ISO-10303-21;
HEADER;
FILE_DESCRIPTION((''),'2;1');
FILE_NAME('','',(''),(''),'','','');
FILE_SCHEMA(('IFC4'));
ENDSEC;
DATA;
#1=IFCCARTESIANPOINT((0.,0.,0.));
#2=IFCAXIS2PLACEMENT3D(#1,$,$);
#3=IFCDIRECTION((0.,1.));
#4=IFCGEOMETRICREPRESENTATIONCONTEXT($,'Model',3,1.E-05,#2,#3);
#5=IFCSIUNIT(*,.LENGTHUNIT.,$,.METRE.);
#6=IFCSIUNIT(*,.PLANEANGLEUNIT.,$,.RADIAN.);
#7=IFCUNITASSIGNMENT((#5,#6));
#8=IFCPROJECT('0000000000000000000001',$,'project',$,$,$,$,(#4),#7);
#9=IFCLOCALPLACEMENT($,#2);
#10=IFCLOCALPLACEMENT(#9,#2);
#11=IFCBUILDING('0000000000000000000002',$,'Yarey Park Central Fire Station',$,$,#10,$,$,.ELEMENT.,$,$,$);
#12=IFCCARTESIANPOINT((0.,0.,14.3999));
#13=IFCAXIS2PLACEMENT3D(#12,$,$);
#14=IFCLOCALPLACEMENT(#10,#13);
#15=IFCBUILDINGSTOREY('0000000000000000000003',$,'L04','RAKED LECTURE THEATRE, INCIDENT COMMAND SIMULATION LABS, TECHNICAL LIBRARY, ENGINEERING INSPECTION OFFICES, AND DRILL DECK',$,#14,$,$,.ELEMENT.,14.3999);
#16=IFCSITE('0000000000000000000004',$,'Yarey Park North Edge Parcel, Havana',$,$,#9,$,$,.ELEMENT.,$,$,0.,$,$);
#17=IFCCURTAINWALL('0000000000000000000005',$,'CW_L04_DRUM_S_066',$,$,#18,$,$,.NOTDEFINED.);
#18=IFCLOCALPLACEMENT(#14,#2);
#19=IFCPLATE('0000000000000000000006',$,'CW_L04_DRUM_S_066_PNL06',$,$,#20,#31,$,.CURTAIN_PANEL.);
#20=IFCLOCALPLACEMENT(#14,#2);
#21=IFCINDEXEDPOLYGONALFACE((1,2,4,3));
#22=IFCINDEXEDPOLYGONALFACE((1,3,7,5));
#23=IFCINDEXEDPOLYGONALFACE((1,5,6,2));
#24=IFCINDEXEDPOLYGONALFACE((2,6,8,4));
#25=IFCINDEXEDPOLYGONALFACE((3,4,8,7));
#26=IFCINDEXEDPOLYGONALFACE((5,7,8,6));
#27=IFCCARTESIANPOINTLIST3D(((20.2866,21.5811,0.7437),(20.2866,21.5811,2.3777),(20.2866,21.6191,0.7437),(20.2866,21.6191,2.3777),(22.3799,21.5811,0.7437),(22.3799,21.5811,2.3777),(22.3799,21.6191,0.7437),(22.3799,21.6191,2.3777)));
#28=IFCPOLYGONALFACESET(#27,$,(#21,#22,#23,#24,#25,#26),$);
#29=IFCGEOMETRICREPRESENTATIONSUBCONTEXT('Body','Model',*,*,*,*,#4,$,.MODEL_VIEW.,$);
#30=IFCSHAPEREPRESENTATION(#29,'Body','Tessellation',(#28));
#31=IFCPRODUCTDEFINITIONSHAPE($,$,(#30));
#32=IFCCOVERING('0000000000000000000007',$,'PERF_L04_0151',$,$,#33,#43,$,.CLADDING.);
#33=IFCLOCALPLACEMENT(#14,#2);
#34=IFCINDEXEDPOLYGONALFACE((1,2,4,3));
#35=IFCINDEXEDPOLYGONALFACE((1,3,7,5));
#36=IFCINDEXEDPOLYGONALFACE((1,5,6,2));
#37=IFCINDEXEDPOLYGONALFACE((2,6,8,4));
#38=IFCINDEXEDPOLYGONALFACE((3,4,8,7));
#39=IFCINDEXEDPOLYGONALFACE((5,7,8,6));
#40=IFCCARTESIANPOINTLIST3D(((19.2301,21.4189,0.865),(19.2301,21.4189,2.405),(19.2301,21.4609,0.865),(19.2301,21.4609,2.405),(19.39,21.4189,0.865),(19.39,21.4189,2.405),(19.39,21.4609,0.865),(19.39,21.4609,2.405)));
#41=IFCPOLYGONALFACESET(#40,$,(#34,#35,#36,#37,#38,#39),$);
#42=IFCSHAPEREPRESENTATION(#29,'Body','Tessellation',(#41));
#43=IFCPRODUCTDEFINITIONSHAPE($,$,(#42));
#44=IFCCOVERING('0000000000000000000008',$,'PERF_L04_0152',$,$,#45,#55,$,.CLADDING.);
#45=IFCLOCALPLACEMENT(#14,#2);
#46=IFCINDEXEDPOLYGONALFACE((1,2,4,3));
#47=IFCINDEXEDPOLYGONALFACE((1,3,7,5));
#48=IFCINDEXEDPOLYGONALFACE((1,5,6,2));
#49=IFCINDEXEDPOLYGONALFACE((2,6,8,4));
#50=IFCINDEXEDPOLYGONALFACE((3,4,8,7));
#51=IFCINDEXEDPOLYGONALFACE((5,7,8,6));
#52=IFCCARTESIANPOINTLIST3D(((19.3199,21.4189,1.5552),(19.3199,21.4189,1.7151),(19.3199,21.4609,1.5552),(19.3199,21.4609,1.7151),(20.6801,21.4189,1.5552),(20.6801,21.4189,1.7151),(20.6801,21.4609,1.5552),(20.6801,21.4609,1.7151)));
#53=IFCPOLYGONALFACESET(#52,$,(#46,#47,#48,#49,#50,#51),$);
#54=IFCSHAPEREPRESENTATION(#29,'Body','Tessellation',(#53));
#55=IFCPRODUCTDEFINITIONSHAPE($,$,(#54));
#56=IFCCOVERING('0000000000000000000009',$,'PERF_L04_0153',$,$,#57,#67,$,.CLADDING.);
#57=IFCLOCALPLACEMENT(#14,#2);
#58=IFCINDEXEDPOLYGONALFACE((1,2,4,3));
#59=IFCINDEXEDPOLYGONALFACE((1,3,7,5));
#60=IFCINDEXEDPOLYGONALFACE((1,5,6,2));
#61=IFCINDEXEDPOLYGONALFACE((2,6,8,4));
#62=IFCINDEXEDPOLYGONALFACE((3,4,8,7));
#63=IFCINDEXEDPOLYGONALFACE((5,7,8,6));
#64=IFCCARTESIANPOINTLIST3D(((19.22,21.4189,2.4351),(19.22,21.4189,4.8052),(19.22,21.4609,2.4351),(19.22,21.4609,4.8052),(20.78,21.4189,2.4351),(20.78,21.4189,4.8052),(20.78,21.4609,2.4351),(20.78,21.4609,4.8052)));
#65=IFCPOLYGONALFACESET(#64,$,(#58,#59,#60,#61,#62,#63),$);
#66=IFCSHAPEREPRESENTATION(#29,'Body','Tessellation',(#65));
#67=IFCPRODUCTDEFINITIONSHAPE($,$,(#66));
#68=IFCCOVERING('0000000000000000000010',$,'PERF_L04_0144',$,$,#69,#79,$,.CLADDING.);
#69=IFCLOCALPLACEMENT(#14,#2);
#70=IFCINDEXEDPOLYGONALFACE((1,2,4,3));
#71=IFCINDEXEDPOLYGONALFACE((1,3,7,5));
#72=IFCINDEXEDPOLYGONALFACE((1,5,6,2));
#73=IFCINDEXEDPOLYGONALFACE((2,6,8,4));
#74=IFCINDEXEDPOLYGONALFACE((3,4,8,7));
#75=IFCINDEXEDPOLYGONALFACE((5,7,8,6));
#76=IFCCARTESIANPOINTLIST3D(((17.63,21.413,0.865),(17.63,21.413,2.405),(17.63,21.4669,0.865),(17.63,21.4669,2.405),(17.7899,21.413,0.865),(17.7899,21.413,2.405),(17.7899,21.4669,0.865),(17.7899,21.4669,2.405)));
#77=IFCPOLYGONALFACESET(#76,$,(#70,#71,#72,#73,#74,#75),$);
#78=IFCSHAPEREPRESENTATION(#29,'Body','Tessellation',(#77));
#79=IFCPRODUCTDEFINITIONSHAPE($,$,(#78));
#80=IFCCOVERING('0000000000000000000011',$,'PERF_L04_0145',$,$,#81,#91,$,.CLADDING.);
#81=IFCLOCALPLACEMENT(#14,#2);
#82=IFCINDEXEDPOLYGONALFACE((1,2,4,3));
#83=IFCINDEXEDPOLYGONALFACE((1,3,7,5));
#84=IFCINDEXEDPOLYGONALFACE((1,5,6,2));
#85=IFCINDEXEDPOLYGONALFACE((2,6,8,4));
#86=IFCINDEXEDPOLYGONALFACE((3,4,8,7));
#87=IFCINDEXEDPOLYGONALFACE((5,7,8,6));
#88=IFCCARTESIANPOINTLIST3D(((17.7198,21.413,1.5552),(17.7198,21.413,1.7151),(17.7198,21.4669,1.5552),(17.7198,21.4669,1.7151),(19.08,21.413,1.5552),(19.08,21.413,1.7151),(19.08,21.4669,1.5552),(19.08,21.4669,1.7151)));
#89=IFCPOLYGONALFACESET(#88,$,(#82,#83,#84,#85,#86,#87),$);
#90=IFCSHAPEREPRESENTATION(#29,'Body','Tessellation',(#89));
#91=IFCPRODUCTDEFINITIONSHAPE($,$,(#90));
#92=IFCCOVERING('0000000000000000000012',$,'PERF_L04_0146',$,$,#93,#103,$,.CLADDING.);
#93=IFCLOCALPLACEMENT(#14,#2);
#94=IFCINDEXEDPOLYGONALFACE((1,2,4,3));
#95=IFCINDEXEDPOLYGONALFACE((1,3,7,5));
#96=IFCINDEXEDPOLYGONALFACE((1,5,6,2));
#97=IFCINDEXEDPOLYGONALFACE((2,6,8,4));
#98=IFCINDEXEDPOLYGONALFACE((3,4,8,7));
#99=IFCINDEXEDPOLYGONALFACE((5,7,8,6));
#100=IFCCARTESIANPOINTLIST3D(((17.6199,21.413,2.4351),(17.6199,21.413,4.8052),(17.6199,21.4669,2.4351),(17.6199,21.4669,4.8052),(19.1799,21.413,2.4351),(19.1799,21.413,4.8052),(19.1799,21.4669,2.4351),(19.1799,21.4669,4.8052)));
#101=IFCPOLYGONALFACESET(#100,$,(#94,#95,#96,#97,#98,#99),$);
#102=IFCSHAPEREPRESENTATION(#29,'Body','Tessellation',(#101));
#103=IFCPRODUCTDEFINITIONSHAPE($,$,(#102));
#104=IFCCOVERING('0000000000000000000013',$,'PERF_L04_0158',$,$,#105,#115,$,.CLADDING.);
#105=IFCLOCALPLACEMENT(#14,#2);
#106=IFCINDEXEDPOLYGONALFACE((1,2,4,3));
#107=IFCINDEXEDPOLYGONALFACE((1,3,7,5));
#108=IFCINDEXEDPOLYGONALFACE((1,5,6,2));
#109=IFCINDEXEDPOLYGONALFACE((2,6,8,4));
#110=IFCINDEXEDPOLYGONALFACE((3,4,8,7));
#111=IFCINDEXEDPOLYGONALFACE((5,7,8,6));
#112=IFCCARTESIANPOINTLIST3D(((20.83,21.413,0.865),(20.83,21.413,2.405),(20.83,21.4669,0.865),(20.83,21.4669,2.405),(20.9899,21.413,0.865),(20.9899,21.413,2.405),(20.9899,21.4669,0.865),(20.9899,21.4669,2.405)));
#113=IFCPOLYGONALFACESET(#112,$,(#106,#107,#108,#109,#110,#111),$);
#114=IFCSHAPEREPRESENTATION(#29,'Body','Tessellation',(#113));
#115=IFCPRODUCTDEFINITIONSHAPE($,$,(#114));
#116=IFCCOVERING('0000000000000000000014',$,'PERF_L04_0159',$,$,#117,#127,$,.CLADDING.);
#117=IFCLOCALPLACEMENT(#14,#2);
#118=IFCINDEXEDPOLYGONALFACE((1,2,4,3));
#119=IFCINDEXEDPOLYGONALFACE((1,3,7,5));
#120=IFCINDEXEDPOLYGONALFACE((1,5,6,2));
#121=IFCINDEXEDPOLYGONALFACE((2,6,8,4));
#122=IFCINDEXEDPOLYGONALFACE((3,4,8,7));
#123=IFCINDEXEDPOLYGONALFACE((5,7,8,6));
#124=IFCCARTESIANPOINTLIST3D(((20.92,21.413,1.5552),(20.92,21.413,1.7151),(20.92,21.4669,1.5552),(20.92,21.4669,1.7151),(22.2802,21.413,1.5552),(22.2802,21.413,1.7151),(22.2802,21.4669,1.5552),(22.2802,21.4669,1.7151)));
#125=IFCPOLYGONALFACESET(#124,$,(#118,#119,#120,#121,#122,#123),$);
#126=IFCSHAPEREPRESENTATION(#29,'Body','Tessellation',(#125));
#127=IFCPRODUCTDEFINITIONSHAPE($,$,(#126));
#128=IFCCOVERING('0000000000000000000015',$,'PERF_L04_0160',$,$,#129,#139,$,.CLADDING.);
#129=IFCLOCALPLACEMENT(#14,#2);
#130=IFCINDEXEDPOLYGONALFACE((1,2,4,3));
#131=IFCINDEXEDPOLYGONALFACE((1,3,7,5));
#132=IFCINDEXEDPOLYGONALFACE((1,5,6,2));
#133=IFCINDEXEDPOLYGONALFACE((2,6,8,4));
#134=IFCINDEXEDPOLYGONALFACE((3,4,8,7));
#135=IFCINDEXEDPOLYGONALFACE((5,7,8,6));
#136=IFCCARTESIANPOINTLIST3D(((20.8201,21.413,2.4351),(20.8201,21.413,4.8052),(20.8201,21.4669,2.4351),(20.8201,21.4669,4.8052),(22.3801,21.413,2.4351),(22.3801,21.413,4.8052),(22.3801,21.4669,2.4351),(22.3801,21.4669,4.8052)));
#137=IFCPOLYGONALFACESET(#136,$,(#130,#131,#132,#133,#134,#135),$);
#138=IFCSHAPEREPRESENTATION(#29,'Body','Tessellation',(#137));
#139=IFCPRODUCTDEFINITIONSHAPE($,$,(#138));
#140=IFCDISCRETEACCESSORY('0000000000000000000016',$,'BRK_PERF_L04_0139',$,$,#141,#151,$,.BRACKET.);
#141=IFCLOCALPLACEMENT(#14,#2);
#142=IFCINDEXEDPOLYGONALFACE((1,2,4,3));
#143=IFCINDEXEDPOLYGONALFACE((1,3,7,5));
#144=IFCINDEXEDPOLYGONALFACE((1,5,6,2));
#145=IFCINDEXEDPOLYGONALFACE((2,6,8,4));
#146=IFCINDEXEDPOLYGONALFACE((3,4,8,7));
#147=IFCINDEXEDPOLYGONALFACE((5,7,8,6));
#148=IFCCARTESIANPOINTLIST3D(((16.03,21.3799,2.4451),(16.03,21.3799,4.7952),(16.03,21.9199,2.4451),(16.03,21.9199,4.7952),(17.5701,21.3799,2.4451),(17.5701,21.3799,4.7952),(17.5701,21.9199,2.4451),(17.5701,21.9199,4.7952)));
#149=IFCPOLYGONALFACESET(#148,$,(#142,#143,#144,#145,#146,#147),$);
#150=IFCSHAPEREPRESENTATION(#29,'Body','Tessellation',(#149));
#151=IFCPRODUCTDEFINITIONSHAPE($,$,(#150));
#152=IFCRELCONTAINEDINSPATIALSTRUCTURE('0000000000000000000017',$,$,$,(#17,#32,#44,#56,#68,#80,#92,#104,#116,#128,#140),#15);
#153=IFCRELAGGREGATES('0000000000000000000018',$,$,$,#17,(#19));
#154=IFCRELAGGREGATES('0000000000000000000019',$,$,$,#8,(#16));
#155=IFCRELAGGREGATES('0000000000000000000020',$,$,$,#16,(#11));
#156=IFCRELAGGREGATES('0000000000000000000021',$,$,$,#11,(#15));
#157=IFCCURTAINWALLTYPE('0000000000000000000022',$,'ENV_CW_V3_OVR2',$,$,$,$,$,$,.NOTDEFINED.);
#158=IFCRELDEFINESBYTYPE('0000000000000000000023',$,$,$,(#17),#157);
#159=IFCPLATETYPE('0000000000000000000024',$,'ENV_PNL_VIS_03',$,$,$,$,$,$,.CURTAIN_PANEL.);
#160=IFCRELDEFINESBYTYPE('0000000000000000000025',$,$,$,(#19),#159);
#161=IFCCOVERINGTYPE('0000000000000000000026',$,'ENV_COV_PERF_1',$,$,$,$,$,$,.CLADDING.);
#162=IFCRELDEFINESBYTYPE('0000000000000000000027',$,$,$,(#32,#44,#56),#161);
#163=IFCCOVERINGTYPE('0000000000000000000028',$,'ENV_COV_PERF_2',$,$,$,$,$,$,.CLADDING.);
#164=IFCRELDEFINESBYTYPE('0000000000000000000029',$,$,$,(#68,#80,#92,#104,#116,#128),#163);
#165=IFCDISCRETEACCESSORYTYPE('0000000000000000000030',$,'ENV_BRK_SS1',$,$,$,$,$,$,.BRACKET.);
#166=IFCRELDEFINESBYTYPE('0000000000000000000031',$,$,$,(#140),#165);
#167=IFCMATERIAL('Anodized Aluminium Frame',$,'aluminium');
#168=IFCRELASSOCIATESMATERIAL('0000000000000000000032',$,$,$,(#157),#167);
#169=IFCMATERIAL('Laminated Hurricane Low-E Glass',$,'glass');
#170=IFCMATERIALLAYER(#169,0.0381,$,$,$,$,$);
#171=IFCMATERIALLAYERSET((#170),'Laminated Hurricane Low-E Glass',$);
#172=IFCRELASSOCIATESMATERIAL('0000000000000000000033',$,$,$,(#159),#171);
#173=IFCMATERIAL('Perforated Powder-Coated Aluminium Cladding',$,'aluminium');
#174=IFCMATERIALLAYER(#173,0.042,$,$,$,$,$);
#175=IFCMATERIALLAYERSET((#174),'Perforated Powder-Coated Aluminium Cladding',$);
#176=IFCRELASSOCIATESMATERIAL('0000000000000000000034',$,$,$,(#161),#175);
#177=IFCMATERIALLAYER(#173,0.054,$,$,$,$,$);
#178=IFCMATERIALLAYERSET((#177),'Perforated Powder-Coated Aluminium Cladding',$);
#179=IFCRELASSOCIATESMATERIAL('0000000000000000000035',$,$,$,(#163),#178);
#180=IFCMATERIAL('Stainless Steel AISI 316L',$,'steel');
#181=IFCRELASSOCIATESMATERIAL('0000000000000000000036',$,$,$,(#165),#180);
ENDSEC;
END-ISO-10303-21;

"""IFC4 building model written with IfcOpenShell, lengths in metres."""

from ifc_helpers import new_model, si_unit, direction, frame, origin, origin_2d, place, context, subcontext, project, spatial, rectangle, extrude, material, layer, layer_set, type_object, element, aggregate, save


model = new_model("IFC4")

# Units and contexts
model_context = context("Model", 3, precision=1e-05, world=origin(), true_north=direction((0.0, 1.0)))
body_context = subcontext(model_context, "Body", "Model", "MODEL_VIEW")
ifc_project = project(units=[si_unit("LENGTHUNIT", "METRE"), si_unit("PLANEANGLEUNIT", "RADIAN")], contexts=[model_context])

# Site, building, storey
site_placement = place(None, origin())
site = spatial("IfcSite", under=ifc_project, at=site_placement, Name="Yarey Park North Edge Parcel, Havana", CompositionType="ELEMENT", RefElevation=0.0)
building_placement = place(site_placement, origin())
building = spatial("IfcBuilding", under=site, at=building_placement, Name="Yarey Park Central Fire Station", CompositionType="ELEMENT")
storey_placement = place(building_placement, frame((0.0, 0.0, 14.3999)))
storey = spatial("IfcBuildingStorey", under=building, at=storey_placement, Name="L04", Description="RAKED LECTURE THEATRE, INCIDENT COMMAND SIMULATION LABS, TECHNICAL LIBRARY, ENGINEERING INSPECTION OFFICES, AND DRILL DECK", CompositionType="ELEMENT", Elevation=14.3999)

# Curtain wall
ifc_material_1 = material(Name="Anodized Aluminium Frame", Category="aluminium")
curtain_wall_type = type_object("IfcCurtainWallType", Name="ENV_CW_V3_OVR2", PredefinedType="NOTDEFINED", material=ifc_material_1)
curtain_wall_1_placement = place(storey_placement, origin())
curtain_wall_1 = element("IfcCurtainWall", 1, at=curtain_wall_1_placement, inside=storey, type_object=curtain_wall_type, Name="CW_L04_DRUM_S_066", PredefinedType="NOTDEFINED")

# Plate
ifc_material_2 = material(Name="Laminated Hurricane Low-E Glass", Category="glass")
ifc_layer_1 = layer(ifc_material_2, 0.0381)
ifc_layer_set_1 = layer_set([ifc_layer_1], Name="Laminated Hurricane Low-E Glass")
plate_type_1 = type_object("IfcPlateType", Name="ENV_PNL_VIS_03", PredefinedType="CURTAIN_PANEL", material=ifc_layer_set_1)
plate_1_placement = place(storey_placement, frame((21.3333, 21.6001, 0.7437), z_axis=(0.0, 0.0, 1.0), x_axis=(1.0, 0.0, 0.0)))
plate_1 = element("IfcPlate", 2, at=plate_1_placement, type_object=plate_type_1, Name="CW_L04_DRUM_S_066_PNL06", PredefinedType="CURTAIN_PANEL", context=body_context, shape_type="SweptSolid", body=[
    extrude(rectangle(XDim=2.0933, YDim=0.0381, at=origin_2d()), origin(), (0.0, 0.0, 1.0), 1.634),
])
aggregate(curtain_wall_1, [plate_1])

# Coverings
ifc_material_3 = material(Name="Perforated Powder-Coated Aluminium Cladding", Category="aluminium")
ifc_layer_2 = layer(ifc_material_3, 0.042)
ifc_layer_set_2 = layer_set([ifc_layer_2], Name="Perforated Powder-Coated Aluminium Cladding")
covering_type_1 = type_object("IfcCoveringType", Name="ENV_COV_PERF_1", PredefinedType="CLADDING", material=ifc_layer_set_2)
covering_1_placement = place(storey_placement, frame((19.3101, 21.4399, 0.865), z_axis=(0.0, 0.0, 1.0), x_axis=(1.0, 0.0, 0.0)))
element("IfcCovering", 3, at=covering_1_placement, inside=storey, type_object=covering_type_1, Name="PERF_L04_0151", PredefinedType="CLADDING", context=body_context, shape_type="SweptSolid", body=[
    extrude(rectangle(XDim=0.1599, YDim=0.042, at=origin_2d()), origin(), (0.0, 0.0, 1.0), 1.54),
])
covering_2_placement = place(storey_placement, frame((20.0, 21.4399, 1.5552), z_axis=(0.0, 0.0, 1.0), x_axis=(1.0, 0.0, 0.0)))
element("IfcCovering", 4, at=covering_2_placement, inside=storey, type_object=covering_type_1, Name="PERF_L04_0152", PredefinedType="CLADDING", context=body_context, shape_type="SweptSolid", body=[
    extrude(rectangle(XDim=1.3601, YDim=0.042, at=origin_2d()), origin(), (0.0, 0.0, 1.0), 0.1599),
])
covering_3_placement = place(storey_placement, frame((20.0, 21.4399, 2.4351), z_axis=(0.0, 0.0, 1.0), x_axis=(1.0, 0.0, 0.0)))
element("IfcCovering", 5, at=covering_3_placement, inside=storey, type_object=covering_type_1, Name="PERF_L04_0153", PredefinedType="CLADDING", context=body_context, shape_type="SweptSolid", body=[
    extrude(rectangle(XDim=1.5601, YDim=0.042, at=origin_2d()), origin(), (0.0, 0.0, 1.0), 2.3701),
])
ifc_layer_3 = layer(ifc_material_3, 0.054)
ifc_layer_set_3 = layer_set([ifc_layer_3], Name="Perforated Powder-Coated Aluminium Cladding")
covering_type_2 = type_object("IfcCoveringType", Name="ENV_COV_PERF_2", PredefinedType="CLADDING", material=ifc_layer_set_3)
covering_4_placement = place(storey_placement, frame((17.71, 21.4399, 0.865), z_axis=(0.0, 0.0, 1.0), x_axis=(1.0, 0.0, 0.0)))
element("IfcCovering", 6, at=covering_4_placement, inside=storey, type_object=covering_type_2, Name="PERF_L04_0144", PredefinedType="CLADDING", context=body_context, shape_type="SweptSolid", body=[
    extrude(rectangle(XDim=0.1599, YDim=0.054, at=origin_2d()), origin(), (0.0, 0.0, 1.0), 1.54),
])
covering_5_placement = place(storey_placement, frame((18.3999, 21.4399, 1.5552), z_axis=(0.0, 0.0, 1.0), x_axis=(1.0, 0.0, 0.0)))
element("IfcCovering", 7, at=covering_5_placement, inside=storey, type_object=covering_type_2, Name="PERF_L04_0145", PredefinedType="CLADDING", context=body_context, shape_type="SweptSolid", body=[
    extrude(rectangle(XDim=1.3601, YDim=0.054, at=origin_2d()), origin(), (0.0, 0.0, 1.0), 0.1599),
])
covering_6_placement = place(storey_placement, frame((18.3999, 21.4399, 2.4351), z_axis=(0.0, 0.0, 1.0), x_axis=(1.0, 0.0, 0.0)))
element("IfcCovering", 8, at=covering_6_placement, inside=storey, type_object=covering_type_2, Name="PERF_L04_0146", PredefinedType="CLADDING", context=body_context, shape_type="SweptSolid", body=[
    extrude(rectangle(XDim=1.5601, YDim=0.054, at=origin_2d()), origin(), (0.0, 0.0, 1.0), 2.3701),
])
covering_7_placement = place(storey_placement, frame((20.9099, 21.4399, 0.865), z_axis=(0.0, 0.0, 1.0), x_axis=(1.0, 0.0, 0.0)))
element("IfcCovering", 9, at=covering_7_placement, inside=storey, type_object=covering_type_2, Name="PERF_L04_0158", PredefinedType="CLADDING", context=body_context, shape_type="SweptSolid", body=[
    extrude(rectangle(XDim=0.1599, YDim=0.054, at=origin_2d()), origin(), (0.0, 0.0, 1.0), 1.54),
])
covering_8_placement = place(storey_placement, frame((21.6001, 21.4399, 1.5552), z_axis=(0.0, 0.0, 1.0), x_axis=(1.0, 0.0, 0.0)))
element("IfcCovering", 10, at=covering_8_placement, inside=storey, type_object=covering_type_2, Name="PERF_L04_0159", PredefinedType="CLADDING", context=body_context, shape_type="SweptSolid", body=[
    extrude(rectangle(XDim=1.3601, YDim=0.054, at=origin_2d()), origin(), (0.0, 0.0, 1.0), 0.1599),
])
covering_9_placement = place(storey_placement, frame((21.6001, 21.4399, 2.4351), z_axis=(0.0, 0.0, 1.0), x_axis=(1.0, 0.0, 0.0)))
element("IfcCovering", 11, at=covering_9_placement, inside=storey, type_object=covering_type_2, Name="PERF_L04_0160", PredefinedType="CLADDING", context=body_context, shape_type="SweptSolid", body=[
    extrude(rectangle(XDim=1.5601, YDim=0.054, at=origin_2d()), origin(), (0.0, 0.0, 1.0), 2.3701),
])

# Discrete accessory
ifc_material_4 = material(Name="Stainless Steel AISI 316L", Category="steel")
discrete_accessory_type = type_object("IfcDiscreteAccessoryType", Name="ENV_BRK_SS1", PredefinedType="BRACKET", material=ifc_material_4)
discrete_accessory_placement = place(storey_placement, frame((16.8, 21.6499, 2.4451), z_axis=(0.0, 0.0, 1.0), x_axis=(1.0, 0.0, 0.0)))
element("IfcDiscreteAccessory", 12, at=discrete_accessory_placement, inside=storey, type_object=discrete_accessory_type, Name="BRK_PERF_L04_0139", PredefinedType="BRACKET", context=body_context, shape_type="SweptSolid", body=[
    extrude(rectangle(XDim=1.54, YDim=0.54, at=origin_2d()), origin(), (0.0, 0.0, 1.0), 2.3501),
])

save(model, "model.ifc")
